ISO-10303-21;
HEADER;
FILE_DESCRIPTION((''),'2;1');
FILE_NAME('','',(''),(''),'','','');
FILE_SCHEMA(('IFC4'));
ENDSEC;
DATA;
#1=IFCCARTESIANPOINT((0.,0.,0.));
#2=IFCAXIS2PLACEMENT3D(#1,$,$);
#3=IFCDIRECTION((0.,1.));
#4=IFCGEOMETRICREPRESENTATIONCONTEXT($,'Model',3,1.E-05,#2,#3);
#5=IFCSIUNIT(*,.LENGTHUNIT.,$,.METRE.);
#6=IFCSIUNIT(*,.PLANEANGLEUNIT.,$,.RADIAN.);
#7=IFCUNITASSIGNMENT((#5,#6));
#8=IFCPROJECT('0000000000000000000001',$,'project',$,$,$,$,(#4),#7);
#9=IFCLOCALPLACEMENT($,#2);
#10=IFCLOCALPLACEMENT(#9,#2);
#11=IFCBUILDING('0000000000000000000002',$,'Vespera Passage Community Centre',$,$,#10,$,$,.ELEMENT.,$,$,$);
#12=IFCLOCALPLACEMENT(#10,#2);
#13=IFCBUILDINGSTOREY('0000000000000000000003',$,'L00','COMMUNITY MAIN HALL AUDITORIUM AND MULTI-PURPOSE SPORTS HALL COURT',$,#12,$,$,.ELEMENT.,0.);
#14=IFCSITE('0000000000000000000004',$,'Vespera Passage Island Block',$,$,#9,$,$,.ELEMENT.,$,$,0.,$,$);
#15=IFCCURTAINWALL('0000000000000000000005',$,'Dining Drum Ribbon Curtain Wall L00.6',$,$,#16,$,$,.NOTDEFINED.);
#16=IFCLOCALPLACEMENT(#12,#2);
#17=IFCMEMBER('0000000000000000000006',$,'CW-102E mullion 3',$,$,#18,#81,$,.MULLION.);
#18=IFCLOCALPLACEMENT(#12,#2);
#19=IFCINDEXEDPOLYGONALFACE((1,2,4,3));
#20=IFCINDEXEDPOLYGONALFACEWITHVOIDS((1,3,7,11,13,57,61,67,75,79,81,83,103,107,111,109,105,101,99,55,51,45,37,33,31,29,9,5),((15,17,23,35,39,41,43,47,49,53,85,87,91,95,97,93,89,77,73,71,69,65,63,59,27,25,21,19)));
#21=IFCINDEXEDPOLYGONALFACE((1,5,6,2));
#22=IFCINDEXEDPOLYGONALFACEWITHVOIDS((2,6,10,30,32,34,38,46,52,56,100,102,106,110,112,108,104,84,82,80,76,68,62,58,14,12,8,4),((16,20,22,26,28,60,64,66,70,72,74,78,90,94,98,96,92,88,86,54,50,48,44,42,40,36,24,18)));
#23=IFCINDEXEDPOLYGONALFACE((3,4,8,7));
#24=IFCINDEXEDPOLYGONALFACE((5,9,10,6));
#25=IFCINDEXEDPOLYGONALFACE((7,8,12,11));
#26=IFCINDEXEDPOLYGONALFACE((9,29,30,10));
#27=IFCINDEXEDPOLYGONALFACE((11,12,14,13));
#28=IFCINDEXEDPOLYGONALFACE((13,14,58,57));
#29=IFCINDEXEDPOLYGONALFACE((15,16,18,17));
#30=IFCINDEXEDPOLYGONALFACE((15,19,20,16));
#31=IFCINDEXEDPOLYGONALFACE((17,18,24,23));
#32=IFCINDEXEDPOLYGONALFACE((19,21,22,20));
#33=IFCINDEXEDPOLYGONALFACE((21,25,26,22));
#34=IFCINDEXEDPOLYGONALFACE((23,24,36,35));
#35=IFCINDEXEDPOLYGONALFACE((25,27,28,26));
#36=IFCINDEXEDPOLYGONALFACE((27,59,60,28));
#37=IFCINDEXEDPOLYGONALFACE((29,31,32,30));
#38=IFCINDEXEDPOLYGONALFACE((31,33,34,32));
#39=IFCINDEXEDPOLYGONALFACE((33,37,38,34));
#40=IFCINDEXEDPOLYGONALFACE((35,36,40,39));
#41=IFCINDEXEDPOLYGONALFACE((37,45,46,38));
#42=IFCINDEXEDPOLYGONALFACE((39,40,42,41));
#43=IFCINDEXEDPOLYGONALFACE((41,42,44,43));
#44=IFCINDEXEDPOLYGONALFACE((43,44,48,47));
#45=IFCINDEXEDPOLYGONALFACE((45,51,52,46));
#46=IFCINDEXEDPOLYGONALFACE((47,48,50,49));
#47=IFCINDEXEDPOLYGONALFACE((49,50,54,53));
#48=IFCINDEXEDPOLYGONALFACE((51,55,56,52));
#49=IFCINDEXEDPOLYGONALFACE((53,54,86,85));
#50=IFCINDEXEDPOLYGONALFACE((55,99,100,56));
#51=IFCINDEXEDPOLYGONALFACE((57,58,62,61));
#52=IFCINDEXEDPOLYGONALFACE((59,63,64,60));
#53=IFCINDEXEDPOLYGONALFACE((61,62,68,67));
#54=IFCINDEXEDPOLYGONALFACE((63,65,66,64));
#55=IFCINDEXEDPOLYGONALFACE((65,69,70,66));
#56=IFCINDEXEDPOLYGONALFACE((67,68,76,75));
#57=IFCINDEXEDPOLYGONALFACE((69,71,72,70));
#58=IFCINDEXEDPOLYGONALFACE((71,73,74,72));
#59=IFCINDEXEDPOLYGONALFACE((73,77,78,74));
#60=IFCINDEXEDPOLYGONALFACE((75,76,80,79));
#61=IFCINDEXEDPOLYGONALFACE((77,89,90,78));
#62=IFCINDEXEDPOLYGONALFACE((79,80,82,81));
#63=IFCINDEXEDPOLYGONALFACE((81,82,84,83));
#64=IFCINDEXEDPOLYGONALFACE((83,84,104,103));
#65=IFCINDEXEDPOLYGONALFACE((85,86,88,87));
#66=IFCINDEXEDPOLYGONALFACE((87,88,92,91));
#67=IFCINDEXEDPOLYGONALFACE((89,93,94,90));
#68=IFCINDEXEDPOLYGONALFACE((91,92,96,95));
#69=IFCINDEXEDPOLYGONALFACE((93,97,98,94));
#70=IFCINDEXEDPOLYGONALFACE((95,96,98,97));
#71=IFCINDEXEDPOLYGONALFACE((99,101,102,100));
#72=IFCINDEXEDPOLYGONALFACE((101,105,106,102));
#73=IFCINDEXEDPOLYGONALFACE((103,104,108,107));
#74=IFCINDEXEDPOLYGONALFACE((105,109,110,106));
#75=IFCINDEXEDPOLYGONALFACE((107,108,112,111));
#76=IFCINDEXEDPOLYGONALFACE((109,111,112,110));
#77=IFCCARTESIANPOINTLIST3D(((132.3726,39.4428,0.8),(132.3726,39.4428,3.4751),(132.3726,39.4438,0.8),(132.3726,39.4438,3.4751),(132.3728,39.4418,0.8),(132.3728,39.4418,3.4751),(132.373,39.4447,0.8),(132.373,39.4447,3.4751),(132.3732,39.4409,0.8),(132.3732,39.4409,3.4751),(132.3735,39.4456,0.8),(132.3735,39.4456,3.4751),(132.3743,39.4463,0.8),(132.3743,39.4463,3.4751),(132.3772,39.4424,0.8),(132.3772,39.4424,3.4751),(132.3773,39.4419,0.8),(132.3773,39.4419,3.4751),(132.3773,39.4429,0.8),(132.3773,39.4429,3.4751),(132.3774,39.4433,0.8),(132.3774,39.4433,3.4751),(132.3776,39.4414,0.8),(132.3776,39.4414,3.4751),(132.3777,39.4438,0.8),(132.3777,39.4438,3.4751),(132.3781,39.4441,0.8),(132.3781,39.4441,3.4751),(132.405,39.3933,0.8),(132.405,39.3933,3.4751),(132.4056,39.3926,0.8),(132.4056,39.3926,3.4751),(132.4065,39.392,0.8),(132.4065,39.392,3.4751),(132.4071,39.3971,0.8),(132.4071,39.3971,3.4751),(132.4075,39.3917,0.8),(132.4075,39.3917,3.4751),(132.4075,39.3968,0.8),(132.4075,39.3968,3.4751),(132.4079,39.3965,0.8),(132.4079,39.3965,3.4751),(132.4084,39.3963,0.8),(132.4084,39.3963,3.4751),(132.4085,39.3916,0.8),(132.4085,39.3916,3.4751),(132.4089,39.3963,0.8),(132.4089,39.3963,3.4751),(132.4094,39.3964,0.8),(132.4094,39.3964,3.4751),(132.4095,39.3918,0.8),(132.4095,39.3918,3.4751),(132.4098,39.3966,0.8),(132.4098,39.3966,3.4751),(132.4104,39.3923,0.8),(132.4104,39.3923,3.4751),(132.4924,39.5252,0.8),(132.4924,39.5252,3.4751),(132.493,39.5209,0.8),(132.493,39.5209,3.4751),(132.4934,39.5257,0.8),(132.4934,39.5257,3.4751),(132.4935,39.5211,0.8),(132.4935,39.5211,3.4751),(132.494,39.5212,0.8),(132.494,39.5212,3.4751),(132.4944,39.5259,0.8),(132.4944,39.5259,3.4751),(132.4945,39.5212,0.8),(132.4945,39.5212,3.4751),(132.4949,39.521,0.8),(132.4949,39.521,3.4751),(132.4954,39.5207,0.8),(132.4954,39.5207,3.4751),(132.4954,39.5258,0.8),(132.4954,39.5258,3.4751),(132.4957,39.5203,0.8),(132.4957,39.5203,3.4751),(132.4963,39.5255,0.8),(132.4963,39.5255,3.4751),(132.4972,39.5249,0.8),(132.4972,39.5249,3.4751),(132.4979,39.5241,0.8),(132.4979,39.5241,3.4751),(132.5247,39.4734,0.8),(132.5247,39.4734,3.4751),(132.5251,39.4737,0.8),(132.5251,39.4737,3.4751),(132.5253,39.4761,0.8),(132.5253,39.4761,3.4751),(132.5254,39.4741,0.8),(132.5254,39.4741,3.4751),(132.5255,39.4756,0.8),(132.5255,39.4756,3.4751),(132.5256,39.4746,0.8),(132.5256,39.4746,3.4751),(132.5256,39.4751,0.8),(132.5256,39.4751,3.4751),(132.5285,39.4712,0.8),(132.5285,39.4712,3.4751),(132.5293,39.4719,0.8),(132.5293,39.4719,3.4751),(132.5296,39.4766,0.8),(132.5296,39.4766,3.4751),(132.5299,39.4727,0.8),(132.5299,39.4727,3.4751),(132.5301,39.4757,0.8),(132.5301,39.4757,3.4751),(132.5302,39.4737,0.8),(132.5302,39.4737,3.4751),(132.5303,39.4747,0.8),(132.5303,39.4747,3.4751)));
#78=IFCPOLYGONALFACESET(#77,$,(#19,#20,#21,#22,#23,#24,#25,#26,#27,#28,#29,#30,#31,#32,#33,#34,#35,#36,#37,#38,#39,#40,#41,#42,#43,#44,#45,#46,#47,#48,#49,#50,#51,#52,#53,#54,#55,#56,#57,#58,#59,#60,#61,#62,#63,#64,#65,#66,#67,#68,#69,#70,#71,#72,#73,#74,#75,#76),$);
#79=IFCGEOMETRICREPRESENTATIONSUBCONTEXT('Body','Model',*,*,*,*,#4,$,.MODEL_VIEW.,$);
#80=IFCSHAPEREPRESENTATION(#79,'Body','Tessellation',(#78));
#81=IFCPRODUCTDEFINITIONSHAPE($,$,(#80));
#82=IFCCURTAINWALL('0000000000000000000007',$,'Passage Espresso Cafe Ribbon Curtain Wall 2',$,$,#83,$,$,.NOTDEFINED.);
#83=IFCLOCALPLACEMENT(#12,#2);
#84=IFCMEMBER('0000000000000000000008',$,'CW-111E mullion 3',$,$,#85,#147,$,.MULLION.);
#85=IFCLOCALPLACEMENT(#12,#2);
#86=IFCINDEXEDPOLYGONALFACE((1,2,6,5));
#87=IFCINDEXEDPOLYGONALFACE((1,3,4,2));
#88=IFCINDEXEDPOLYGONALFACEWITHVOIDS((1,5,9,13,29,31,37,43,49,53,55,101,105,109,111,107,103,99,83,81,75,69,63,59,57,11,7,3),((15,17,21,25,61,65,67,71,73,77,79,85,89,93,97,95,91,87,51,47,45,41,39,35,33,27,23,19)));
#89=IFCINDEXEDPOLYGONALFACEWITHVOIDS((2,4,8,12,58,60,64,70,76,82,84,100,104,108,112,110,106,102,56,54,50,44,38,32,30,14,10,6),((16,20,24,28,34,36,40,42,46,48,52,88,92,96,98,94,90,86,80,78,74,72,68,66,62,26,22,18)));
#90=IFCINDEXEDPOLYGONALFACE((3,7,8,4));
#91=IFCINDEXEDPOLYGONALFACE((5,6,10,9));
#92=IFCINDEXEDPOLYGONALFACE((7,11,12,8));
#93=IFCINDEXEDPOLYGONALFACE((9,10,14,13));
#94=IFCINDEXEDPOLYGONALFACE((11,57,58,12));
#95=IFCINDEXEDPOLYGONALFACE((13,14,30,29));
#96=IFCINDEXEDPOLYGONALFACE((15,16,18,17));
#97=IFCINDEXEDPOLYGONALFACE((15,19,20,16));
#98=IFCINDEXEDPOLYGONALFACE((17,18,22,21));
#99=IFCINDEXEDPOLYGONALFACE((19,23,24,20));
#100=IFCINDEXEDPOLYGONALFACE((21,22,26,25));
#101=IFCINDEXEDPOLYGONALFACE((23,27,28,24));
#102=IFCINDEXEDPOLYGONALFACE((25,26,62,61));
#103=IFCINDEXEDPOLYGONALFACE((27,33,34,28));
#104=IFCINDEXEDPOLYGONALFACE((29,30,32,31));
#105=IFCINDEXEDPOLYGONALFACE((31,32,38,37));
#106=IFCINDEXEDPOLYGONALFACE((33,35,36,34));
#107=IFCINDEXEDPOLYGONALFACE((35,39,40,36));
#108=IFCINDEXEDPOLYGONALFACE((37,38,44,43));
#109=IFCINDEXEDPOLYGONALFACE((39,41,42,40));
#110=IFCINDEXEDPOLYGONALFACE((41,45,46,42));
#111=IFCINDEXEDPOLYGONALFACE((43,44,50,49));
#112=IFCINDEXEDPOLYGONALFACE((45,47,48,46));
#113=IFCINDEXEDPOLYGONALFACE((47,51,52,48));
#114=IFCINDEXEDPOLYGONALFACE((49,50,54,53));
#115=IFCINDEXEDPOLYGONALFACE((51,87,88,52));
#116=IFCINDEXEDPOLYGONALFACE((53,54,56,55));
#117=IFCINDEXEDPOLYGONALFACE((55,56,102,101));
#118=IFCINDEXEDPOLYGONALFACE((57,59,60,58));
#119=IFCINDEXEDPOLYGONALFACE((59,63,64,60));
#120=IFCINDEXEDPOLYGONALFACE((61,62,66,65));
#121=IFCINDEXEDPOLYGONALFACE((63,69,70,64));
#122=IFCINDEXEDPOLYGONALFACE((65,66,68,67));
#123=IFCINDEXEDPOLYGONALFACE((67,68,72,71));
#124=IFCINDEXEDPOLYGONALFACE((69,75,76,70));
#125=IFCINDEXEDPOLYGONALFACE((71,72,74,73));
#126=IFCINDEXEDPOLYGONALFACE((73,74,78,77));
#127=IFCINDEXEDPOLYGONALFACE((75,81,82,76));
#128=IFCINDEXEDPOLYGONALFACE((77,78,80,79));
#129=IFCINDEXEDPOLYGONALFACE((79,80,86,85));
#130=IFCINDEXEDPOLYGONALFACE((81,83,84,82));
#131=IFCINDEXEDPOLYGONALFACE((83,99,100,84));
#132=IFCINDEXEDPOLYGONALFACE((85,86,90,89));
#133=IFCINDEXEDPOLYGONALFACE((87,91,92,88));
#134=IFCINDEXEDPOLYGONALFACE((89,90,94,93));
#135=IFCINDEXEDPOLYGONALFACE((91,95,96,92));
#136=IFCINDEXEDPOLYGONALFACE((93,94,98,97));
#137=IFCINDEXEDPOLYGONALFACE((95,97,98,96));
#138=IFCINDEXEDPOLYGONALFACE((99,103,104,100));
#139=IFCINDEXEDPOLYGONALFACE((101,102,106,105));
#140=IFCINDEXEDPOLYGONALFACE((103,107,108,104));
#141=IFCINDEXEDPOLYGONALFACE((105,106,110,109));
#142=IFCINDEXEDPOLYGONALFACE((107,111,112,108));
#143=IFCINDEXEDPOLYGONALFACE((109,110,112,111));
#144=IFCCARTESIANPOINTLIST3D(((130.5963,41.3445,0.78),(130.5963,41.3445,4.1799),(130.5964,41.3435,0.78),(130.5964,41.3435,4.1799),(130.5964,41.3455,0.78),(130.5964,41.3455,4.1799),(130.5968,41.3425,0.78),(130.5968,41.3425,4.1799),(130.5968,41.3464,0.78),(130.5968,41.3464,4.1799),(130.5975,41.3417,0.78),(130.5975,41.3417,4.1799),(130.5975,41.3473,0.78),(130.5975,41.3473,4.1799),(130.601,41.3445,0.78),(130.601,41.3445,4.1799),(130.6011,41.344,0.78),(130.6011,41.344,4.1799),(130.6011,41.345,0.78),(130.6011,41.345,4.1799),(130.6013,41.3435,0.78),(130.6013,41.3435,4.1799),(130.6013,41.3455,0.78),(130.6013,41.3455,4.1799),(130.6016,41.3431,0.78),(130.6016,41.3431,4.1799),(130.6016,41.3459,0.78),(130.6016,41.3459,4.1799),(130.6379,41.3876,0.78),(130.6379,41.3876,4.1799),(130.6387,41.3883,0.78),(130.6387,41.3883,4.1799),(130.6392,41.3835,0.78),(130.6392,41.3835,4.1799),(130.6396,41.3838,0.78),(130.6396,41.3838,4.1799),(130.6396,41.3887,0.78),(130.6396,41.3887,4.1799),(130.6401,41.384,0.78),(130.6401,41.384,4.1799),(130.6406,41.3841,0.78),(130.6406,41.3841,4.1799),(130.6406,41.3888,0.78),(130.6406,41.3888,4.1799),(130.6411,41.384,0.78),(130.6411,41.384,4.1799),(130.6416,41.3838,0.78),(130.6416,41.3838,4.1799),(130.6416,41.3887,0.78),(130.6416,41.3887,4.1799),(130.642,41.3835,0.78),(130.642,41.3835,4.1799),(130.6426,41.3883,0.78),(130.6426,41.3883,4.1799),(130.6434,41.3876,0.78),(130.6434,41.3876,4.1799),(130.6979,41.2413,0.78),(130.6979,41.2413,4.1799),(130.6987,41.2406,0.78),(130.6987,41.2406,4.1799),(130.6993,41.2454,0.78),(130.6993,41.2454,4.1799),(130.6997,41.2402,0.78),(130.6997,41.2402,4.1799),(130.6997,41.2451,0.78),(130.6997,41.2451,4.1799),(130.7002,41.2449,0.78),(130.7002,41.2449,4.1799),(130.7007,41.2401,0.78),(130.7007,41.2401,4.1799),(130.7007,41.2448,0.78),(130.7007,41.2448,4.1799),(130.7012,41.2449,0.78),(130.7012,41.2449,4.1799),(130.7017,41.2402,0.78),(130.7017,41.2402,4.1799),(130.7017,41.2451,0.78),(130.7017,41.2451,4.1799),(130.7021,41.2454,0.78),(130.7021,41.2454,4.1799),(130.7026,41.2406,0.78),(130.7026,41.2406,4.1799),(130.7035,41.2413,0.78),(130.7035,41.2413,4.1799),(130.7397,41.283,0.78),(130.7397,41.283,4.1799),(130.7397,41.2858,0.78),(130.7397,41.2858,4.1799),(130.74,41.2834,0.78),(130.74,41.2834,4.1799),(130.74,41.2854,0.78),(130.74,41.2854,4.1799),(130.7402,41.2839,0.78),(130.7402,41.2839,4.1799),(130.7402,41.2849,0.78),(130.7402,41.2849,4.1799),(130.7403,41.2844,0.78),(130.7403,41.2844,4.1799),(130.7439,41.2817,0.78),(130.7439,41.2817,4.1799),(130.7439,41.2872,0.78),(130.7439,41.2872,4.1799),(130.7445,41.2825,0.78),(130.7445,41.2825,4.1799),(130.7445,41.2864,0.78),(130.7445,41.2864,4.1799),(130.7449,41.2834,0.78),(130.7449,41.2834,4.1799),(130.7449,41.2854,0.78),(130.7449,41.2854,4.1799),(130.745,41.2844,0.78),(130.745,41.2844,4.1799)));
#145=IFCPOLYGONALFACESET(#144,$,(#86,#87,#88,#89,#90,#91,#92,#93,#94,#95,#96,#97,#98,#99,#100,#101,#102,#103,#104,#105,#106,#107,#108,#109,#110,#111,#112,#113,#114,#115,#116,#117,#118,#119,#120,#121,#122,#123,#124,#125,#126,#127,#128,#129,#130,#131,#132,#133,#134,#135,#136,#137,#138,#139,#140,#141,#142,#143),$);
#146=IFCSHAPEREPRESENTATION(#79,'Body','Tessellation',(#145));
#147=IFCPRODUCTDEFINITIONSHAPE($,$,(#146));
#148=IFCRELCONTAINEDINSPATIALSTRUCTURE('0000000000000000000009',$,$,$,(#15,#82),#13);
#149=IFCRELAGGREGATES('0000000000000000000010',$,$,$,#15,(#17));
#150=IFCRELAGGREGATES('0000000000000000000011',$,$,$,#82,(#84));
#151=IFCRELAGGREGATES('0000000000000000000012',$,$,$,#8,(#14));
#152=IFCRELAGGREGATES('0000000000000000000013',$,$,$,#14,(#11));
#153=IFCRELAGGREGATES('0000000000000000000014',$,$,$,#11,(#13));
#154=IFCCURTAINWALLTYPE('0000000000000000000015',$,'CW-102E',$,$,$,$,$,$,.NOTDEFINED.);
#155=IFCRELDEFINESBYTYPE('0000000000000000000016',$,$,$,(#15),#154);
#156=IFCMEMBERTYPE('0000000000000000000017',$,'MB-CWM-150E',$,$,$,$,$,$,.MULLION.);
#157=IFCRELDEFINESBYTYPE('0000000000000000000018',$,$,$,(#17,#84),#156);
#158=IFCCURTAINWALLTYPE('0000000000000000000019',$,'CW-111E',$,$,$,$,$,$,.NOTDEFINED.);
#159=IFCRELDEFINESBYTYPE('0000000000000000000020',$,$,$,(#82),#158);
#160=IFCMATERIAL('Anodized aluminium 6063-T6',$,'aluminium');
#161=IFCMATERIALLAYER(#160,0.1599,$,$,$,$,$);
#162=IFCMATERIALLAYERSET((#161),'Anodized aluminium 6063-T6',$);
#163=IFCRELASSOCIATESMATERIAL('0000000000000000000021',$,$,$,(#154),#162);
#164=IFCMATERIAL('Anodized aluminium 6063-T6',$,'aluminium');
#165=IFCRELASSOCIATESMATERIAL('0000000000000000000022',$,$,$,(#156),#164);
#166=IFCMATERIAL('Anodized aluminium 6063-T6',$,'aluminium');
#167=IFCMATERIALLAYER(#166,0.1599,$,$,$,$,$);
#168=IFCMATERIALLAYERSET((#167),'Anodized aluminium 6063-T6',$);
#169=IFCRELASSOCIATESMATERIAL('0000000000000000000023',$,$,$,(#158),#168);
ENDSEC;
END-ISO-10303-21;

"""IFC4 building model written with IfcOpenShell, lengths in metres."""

from ifc_helpers import new_model, si_unit, direction, frame, origin, origin_2d, place, context, subcontext, project, spatial, hollow_rectangle, extrude, material, layer, layer_set, material_profile, profile_set, type_object, element, aggregate, save


model = new_model("IFC4")

# Units and contexts
model_context = context("Model", 3, precision=1e-05, world=origin(), true_north=direction((0.0, 1.0)))
body_context = subcontext(model_context, "Body", "Model", "MODEL_VIEW")
ifc_project = project(units=[si_unit("LENGTHUNIT", "METRE"), si_unit("PLANEANGLEUNIT", "RADIAN")], contexts=[model_context])

# Site, building, storey
site_placement = place(None, origin())
site = spatial("IfcSite", under=ifc_project, at=site_placement, Name="Vespera Passage Island Block", CompositionType="ELEMENT", RefElevation=0.0)
building_placement = place(site_placement, origin())
building = spatial("IfcBuilding", under=site, at=building_placement, Name="Vespera Passage Community Centre", CompositionType="ELEMENT")
storey_placement = place(building_placement, origin())
storey = spatial("IfcBuildingStorey", under=building, at=storey_placement, Name="L00", Description="COMMUNITY MAIN HALL AUDITORIUM AND MULTI-PURPOSE SPORTS HALL COURT", CompositionType="ELEMENT", Elevation=0.0)

# Curtain walls, members
ifc_material_1 = material(Name="Anodized aluminium 6063-T6", Category="aluminium")
ifc_layer_1 = layer(ifc_material_1, 0.1599)
ifc_layer_set_1 = layer_set([ifc_layer_1], Name="Anodized aluminium 6063-T6")
curtain_wall_type_1 = type_object("IfcCurtainWallType", Name="CW-102E", PredefinedType="NOTDEFINED", material=ifc_layer_set_1)
curtain_wall_1_placement = place(storey_placement, origin())
curtain_wall_1 = element("IfcCurtainWall", 1, at=curtain_wall_1_placement, inside=storey, type_object=curtain_wall_type_1, Name="Dining Drum Ribbon Curtain Wall L00.6", PredefinedType="NOTDEFINED")
ifc_material_2 = material(Name="Anodized aluminium 6063-T6", Category="aluminium")
ifc_material_profile_1 = material_profile(ifc_material_2, hollow_rectangle(XDim=0.0649, YDim=0.1499, WallThickness=0.0039, InnerFilletRadius=0.002, OuterFilletRadius=0.0039, at=origin_2d()), Name="ALU150X65X4")
ifc_profile_set_1 = profile_set([ifc_material_profile_1], Name="Anodized aluminium 6063-T6")
member_type_1 = type_object("IfcMemberType", Name="MB-CWM-150E", PredefinedType="MULLION", material=ifc_profile_set_1)
member_1_placement = place(storey_placement, frame((132.4514, 39.4587, 0.8), z_axis=(0.0, 0.0, 1.0), x_axis=(-0.555565, 0.831473, 0.0)))
member_1 = element("IfcMember", 2, at=member_1_placement, type_object=member_type_1, Name="CW-102E mullion 3", PredefinedType="MULLION", context=body_context, shape_type="SweptSolid", body=[
    extrude(hollow_rectangle(XDim=0.0649, YDim=0.1499, WallThickness=0.0039, InnerFilletRadius=0.002, OuterFilletRadius=0.0039, at=origin_2d()), origin(), (0.0, 0.0, 1.0), 2.675),
])
ifc_material_3 = material(Name="Anodized aluminium 6063-T6", Category="aluminium")
ifc_layer_2 = layer(ifc_material_3, 0.1599)
ifc_layer_set_2 = layer_set([ifc_layer_2], Name="Anodized aluminium 6063-T6")
curtain_wall_type_2 = type_object("IfcCurtainWallType", Name="CW-111E", PredefinedType="NOTDEFINED", material=ifc_layer_set_2)
curtain_wall_2_placement = place(storey_placement, origin())
curtain_wall_2 = element("IfcCurtainWall", 3, at=curtain_wall_2_placement, inside=storey, type_object=curtain_wall_type_2, Name="Passage Espresso Cafe Ribbon Curtain Wall 2", PredefinedType="NOTDEFINED")
member_2_placement = place(storey_placement, frame((130.6707, 41.3145, 0.78), z_axis=(0.0, 0.0, 1.0), x_axis=(0.707107, 0.707107, 0.0)))
member_2 = element("IfcMember", 4, at=member_2_placement, type_object=member_type_1, Name="CW-111E mullion 3", PredefinedType="MULLION", context=body_context, shape_type="SweptSolid", body=[
    extrude(hollow_rectangle(XDim=0.0649, YDim=0.1499, WallThickness=0.0039, InnerFilletRadius=0.002, OuterFilletRadius=0.0039, at=origin_2d()), origin(), (0.0, 0.0, 1.0), 3.3999),
])

aggregate(curtain_wall_1, [member_1])
aggregate(curtain_wall_2, [member_2])

save(model, "model.ifc")
